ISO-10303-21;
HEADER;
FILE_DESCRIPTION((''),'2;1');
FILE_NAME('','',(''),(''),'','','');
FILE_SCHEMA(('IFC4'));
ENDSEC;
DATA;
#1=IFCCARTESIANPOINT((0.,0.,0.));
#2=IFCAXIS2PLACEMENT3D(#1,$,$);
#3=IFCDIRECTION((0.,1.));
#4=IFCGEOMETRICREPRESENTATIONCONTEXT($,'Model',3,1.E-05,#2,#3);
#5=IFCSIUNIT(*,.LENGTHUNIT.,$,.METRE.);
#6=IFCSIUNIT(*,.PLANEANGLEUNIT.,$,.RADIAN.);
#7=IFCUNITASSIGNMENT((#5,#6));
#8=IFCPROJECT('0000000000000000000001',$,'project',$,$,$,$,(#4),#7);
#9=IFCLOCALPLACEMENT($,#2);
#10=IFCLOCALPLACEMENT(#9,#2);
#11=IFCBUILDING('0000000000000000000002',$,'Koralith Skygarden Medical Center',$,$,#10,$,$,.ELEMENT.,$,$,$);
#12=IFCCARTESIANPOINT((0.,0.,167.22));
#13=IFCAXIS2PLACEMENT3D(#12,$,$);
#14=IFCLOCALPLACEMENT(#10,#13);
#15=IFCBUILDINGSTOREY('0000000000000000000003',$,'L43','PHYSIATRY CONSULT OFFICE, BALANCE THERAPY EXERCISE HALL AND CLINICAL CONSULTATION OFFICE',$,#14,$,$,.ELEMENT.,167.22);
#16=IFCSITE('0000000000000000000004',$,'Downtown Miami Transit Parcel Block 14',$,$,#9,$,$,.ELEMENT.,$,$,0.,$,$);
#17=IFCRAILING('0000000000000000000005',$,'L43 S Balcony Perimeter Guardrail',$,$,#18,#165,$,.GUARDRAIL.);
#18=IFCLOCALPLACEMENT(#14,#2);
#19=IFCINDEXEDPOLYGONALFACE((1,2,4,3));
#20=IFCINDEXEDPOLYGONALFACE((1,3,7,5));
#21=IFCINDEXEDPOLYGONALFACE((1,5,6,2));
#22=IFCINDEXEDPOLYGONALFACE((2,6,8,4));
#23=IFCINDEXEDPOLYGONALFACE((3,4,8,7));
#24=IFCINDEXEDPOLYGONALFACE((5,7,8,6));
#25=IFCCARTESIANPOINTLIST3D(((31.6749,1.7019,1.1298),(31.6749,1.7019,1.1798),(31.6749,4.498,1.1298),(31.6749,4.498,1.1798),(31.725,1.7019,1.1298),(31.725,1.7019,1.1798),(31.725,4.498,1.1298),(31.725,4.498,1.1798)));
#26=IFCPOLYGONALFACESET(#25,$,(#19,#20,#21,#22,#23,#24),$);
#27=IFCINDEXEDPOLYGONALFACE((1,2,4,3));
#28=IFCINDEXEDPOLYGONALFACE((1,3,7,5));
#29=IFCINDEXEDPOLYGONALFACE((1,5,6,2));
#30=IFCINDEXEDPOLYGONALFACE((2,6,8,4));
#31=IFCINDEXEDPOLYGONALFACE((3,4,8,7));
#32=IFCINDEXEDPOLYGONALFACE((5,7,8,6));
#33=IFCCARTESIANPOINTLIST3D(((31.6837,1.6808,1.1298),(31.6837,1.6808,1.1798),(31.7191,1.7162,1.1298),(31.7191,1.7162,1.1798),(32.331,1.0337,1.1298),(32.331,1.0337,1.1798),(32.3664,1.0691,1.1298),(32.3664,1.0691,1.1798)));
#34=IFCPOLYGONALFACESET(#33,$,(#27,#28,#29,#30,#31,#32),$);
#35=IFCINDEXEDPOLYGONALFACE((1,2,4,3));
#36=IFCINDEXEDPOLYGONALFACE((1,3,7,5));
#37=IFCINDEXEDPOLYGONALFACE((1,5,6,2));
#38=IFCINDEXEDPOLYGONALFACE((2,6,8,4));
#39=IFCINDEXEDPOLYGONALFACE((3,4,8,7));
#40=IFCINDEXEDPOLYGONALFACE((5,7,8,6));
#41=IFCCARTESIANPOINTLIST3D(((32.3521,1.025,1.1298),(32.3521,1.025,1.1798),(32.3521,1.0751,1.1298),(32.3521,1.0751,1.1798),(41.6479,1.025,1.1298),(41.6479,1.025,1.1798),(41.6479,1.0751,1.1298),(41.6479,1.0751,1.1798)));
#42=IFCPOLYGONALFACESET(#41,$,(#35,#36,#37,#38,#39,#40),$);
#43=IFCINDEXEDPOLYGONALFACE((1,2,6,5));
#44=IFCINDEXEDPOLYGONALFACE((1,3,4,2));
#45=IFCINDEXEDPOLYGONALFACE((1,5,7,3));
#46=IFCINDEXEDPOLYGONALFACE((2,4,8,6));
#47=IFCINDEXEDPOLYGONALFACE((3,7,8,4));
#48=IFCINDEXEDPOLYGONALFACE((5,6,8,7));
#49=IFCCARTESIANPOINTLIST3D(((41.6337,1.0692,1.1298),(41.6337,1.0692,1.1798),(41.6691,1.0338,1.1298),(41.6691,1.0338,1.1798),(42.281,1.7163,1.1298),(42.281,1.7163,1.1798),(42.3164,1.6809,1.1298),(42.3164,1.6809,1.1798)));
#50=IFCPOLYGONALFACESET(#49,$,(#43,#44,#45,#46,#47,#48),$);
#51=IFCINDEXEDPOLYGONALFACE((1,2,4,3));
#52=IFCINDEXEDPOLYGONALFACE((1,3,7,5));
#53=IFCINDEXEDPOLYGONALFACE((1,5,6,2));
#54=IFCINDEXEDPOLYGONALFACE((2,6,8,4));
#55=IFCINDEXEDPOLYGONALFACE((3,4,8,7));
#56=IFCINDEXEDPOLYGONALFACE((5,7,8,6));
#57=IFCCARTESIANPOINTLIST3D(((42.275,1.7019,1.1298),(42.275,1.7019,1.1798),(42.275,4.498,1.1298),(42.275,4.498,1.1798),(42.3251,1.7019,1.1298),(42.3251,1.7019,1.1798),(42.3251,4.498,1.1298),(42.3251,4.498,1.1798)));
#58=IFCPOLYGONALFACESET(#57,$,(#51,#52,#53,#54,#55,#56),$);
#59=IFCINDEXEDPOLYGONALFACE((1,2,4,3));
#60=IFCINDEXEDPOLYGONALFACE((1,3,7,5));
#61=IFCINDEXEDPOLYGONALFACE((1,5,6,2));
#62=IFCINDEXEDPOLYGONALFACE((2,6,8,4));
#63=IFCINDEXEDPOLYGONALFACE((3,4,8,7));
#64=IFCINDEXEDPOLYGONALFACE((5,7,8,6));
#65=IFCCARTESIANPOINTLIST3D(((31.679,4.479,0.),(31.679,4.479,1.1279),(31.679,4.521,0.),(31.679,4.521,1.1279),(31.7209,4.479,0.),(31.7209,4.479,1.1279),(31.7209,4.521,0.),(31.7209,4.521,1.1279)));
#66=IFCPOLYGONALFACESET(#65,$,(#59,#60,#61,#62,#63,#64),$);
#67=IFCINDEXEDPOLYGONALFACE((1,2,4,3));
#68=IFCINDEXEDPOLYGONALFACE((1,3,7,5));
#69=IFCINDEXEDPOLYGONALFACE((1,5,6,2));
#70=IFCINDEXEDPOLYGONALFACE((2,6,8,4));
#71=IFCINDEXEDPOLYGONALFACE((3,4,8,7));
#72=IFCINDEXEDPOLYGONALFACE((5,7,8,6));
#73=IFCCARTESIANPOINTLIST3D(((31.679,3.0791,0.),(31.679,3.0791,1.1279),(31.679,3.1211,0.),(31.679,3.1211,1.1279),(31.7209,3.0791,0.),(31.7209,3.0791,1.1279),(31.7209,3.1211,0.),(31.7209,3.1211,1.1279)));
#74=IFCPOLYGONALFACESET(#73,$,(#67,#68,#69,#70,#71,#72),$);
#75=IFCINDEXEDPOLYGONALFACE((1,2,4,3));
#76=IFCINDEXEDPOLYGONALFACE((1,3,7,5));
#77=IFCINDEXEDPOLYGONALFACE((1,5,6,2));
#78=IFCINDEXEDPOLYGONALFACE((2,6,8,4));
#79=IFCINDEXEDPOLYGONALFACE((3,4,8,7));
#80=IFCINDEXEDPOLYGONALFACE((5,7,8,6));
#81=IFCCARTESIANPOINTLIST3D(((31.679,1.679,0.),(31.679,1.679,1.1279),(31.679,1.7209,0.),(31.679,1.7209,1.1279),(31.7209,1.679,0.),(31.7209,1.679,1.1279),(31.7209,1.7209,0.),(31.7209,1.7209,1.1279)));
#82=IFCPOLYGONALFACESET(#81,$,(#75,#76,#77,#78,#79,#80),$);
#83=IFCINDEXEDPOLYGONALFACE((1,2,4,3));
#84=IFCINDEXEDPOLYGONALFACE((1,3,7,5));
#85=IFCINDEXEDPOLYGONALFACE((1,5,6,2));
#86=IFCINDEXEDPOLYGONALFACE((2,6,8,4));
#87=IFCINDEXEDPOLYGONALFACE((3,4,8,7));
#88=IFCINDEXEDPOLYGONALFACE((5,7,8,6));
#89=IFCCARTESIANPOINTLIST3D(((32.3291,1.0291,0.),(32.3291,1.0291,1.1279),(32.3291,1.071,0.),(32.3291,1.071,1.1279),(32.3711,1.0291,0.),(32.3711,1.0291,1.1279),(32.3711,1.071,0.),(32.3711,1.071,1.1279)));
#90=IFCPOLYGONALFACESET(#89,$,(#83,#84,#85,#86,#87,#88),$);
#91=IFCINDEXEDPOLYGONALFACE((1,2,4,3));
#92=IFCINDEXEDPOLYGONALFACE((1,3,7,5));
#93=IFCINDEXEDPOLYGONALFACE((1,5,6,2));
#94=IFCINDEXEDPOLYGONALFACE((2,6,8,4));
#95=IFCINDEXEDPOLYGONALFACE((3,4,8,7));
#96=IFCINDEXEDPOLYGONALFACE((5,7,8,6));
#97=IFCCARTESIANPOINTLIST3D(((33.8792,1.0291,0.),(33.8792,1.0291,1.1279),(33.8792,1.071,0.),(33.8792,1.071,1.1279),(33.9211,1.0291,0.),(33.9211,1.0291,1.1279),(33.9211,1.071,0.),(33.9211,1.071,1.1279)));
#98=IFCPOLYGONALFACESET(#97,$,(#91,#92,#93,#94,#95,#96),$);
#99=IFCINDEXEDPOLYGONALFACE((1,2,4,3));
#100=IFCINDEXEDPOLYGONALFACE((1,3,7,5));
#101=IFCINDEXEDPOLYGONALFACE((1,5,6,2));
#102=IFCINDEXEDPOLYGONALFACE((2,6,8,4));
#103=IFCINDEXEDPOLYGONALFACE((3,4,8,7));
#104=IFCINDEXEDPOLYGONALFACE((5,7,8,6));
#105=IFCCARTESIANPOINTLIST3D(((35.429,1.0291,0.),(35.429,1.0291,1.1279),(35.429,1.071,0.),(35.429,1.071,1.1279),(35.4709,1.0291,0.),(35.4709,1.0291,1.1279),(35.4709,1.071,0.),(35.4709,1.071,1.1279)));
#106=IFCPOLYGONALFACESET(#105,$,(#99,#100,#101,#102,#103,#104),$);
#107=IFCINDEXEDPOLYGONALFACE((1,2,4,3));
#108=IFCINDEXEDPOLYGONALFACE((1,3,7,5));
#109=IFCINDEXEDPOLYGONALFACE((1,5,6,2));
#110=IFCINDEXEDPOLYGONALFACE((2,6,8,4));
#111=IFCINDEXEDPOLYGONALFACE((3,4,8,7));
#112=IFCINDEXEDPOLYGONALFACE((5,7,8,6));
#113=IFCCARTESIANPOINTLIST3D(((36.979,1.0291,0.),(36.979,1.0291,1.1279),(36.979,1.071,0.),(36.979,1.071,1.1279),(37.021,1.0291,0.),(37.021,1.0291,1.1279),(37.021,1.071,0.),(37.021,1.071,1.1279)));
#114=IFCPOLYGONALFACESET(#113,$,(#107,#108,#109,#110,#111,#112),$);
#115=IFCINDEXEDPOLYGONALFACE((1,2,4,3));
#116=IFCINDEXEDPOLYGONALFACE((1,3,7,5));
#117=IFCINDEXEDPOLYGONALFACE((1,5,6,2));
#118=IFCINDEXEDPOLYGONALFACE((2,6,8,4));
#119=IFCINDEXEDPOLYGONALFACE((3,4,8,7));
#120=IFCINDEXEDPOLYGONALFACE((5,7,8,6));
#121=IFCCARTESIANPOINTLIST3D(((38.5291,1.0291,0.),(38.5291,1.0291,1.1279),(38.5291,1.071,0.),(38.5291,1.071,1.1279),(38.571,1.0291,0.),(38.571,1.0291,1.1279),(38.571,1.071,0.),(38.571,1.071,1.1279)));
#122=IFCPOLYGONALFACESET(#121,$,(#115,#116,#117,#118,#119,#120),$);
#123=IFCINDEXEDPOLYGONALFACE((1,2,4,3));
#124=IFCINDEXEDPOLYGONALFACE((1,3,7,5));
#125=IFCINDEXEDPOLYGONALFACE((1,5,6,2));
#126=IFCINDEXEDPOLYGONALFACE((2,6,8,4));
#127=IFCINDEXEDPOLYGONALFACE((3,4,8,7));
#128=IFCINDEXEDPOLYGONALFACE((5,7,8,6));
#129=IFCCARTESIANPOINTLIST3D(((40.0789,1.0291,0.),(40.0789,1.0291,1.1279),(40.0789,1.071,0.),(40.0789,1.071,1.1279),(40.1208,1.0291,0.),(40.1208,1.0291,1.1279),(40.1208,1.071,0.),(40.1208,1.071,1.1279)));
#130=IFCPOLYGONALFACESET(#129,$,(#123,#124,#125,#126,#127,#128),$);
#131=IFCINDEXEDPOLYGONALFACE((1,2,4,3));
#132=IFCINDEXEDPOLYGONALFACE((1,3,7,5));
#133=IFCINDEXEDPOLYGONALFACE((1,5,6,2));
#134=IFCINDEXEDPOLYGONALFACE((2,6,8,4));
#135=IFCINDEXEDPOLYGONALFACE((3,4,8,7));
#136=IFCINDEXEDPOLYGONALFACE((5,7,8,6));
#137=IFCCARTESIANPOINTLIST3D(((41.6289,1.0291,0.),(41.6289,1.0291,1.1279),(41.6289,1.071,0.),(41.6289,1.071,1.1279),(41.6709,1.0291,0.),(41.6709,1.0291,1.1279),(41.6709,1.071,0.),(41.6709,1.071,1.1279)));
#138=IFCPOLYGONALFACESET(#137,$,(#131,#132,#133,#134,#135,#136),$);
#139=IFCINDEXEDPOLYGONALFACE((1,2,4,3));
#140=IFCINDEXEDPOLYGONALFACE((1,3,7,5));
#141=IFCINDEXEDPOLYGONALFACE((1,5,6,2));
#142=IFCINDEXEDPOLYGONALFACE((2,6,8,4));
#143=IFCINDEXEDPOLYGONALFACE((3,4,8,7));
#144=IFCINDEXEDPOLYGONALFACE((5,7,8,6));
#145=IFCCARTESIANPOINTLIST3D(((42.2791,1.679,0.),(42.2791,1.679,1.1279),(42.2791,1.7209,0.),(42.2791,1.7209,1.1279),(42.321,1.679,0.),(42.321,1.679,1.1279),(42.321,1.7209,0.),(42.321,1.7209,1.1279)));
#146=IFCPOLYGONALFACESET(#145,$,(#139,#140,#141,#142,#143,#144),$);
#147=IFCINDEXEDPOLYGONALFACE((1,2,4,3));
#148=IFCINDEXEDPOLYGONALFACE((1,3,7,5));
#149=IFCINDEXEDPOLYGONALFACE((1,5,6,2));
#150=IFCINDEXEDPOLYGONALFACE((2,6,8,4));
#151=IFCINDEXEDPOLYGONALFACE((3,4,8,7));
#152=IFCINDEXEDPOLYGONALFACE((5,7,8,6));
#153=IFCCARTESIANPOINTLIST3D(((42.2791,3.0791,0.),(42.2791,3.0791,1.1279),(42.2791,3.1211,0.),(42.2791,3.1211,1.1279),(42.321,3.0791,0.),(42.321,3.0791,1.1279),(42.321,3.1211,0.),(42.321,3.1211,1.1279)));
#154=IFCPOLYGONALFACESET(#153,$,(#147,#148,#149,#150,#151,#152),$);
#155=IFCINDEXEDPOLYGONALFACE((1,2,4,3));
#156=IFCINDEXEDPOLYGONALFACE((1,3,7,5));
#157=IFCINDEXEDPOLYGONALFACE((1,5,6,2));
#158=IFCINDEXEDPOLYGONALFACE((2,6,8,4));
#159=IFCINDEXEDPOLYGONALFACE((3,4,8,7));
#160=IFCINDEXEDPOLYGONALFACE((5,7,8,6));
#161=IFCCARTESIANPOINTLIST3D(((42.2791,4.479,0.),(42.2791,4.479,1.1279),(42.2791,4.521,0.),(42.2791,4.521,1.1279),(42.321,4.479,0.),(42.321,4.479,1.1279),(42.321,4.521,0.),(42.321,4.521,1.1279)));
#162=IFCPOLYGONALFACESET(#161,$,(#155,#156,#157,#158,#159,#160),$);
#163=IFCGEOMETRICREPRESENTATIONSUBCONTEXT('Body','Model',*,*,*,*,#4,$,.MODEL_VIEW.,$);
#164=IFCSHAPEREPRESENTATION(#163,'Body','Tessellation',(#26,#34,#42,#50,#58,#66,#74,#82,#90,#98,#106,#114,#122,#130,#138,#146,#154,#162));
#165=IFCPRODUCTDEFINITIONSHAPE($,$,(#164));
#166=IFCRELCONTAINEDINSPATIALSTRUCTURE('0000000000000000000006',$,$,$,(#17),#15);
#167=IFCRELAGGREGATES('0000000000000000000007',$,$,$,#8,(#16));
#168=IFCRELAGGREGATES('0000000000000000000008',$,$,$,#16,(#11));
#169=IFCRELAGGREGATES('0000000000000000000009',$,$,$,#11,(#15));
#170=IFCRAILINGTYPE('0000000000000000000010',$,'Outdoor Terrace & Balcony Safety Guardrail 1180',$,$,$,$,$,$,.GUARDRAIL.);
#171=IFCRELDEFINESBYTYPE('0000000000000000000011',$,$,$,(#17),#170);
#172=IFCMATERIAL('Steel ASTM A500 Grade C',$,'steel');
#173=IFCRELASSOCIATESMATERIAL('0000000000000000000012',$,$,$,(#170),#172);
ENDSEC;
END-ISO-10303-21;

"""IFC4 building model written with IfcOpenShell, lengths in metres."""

from ifc_helpers import new_model, si_unit, direction, frame, origin, origin_2d, place, context, subcontext, project, spatial, rectangle, extrude, material, type_object, element, save


model = new_model("IFC4")

# Units and contexts
model_context = context("Model", 3, precision=1e-05, world=origin(), true_north=direction((0.0, 1.0)))
body_context = subcontext(model_context, "Body", "Model", "MODEL_VIEW")
ifc_project = project(units=[si_unit("LENGTHUNIT", "METRE"), si_unit("PLANEANGLEUNIT", "RADIAN")], contexts=[model_context])

# Site, building, storey
site_placement = place(None, origin())
site = spatial("IfcSite", under=ifc_project, at=site_placement, Name="Downtown Miami Transit Parcel Block 14", CompositionType="ELEMENT", RefElevation=0.0)
building_placement = place(site_placement, origin())
building = spatial("IfcBuilding", under=site, at=building_placement, Name="Koralith Skygarden Medical Center", CompositionType="ELEMENT")
storey_placement = place(building_placement, frame((0.0, 0.0, 167.22)))
storey = spatial("IfcBuildingStorey", under=building, at=storey_placement, Name="L43", Description="PHYSIATRY CONSULT OFFICE, BALANCE THERAPY EXERCISE HALL AND CLINICAL CONSULTATION OFFICE", CompositionType="ELEMENT", Elevation=167.22)

# Railing
ifc_material_1 = material(Name="Steel ASTM A500 Grade C", Category="steel")
railing_type = type_object("IfcRailingType", Name="Outdoor Terrace & Balcony Safety Guardrail 1180", PredefinedType="GUARDRAIL", material=ifc_material_1)
railing_placement = place(storey_placement, frame((31.7, 4.5, 0.0)))
element("IfcRailing", 1, at=railing_placement, inside=storey, type_object=railing_type, Name="L43 S Balcony Perimeter Guardrail", PredefinedType="GUARDRAIL", context=body_context, shape_type="SweptSolid", body=[
    extrude(rectangle(XDim=0.05, YDim=0.05, at=origin_2d()), frame((0.0, -0.002, 1.1548), z_axis=(0.0, -1.0, 0.0), x_axis=(1.0, 0.0, 0.0)), (0.0, 0.0, 1.0), 2.7961),
    extrude(rectangle(XDim=0.05, YDim=0.05, at=origin_2d()), frame((0.0015, -2.8015, 1.1548), z_axis=(0.70724, -0.706974, 0.0), x_axis=(0.706974, 0.70724, 0.0)), (0.0, 0.0, 1.0), 0.9153),
    extrude(rectangle(XDim=0.05, YDim=0.05, at=origin_2d()), frame((0.6521, -3.45, 1.1548), z_axis=(1.0, 0.0, 0.0), x_axis=(0.0, 1.0, 0.0)), (0.0, 0.0, 1.0), 9.2959),
    extrude(rectangle(XDim=0.05, YDim=0.05, at=origin_2d()), frame((9.9514, -3.4485, 1.1548), z_axis=(0.70724, 0.706974, 0.0), x_axis=(-0.706974, 0.70724, 0.0)), (0.0, 0.0, 1.0), 0.9153),
    extrude(rectangle(XDim=0.05, YDim=0.05, at=origin_2d()), frame((10.6001, -2.7981, 1.1548), z_axis=(0.0, 1.0, 0.0), x_axis=(-1.0, 0.0, 0.0)), (0.0, 0.0, 1.0), 2.7961),
    extrude(rectangle(XDim=0.042, YDim=0.042, at=origin_2d()), origin(), (0.0, 0.0, 1.0), 1.1279),
    extrude(rectangle(XDim=0.042, YDim=0.042, at=origin_2d()), frame((0.0, -1.3999, 0.0)), (0.0, 0.0, 1.0), 1.1279),
    extrude(rectangle(XDim=0.042, YDim=0.042, at=origin_2d()), frame((0.0, -2.8, 0.0)), (0.0, 0.0, 1.0), 1.1279),
    extrude(rectangle(XDim=0.042, YDim=0.042, at=origin_2d()), frame((0.6501, -3.45, 0.0)), (0.0, 0.0, 1.0), 1.1279),
    extrude(rectangle(XDim=0.042, YDim=0.042, at=origin_2d()), frame((2.2002, -3.45, 0.0)), (0.0, 0.0, 1.0), 1.1279),
    extrude(rectangle(XDim=0.042, YDim=0.042, at=origin_2d()), frame((3.75, -3.45, 0.0)), (0.0, 0.0, 1.0), 1.1279),
    extrude(rectangle(XDim=0.042, YDim=0.042, at=origin_2d()), frame((5.3, -3.45, 0.0)), (0.0, 0.0, 1.0), 1.1279),
    extrude(rectangle(XDim=0.042, YDim=0.042, at=origin_2d()), frame((6.8501, -3.45, 0.0)), (0.0, 0.0, 1.0), 1.1279),
    extrude(rectangle(XDim=0.042, YDim=0.042, at=origin_2d()), frame((8.3999, -3.45, 0.0)), (0.0, 0.0, 1.0), 1.1279),
    extrude(rectangle(XDim=0.042, YDim=0.042, at=origin_2d()), frame((9.95, -3.45, 0.0)), (0.0, 0.0, 1.0), 1.1279),
    extrude(rectangle(XDim=0.042, YDim=0.042, at=origin_2d()), frame((10.6001, -2.8, 0.0)), (0.0, 0.0, 1.0), 1.1279),
    extrude(rectangle(XDim=0.042, YDim=0.042, at=origin_2d()), frame((10.6001, -1.3999, 0.0)), (0.0, 0.0, 1.0), 1.1279),
    extrude(rectangle(XDim=0.042, YDim=0.042, at=origin_2d()), frame((10.6001, 0.0, 0.0)), (0.0, 0.0, 1.0), 1.1279),
])

save(model, "model.ifc")
